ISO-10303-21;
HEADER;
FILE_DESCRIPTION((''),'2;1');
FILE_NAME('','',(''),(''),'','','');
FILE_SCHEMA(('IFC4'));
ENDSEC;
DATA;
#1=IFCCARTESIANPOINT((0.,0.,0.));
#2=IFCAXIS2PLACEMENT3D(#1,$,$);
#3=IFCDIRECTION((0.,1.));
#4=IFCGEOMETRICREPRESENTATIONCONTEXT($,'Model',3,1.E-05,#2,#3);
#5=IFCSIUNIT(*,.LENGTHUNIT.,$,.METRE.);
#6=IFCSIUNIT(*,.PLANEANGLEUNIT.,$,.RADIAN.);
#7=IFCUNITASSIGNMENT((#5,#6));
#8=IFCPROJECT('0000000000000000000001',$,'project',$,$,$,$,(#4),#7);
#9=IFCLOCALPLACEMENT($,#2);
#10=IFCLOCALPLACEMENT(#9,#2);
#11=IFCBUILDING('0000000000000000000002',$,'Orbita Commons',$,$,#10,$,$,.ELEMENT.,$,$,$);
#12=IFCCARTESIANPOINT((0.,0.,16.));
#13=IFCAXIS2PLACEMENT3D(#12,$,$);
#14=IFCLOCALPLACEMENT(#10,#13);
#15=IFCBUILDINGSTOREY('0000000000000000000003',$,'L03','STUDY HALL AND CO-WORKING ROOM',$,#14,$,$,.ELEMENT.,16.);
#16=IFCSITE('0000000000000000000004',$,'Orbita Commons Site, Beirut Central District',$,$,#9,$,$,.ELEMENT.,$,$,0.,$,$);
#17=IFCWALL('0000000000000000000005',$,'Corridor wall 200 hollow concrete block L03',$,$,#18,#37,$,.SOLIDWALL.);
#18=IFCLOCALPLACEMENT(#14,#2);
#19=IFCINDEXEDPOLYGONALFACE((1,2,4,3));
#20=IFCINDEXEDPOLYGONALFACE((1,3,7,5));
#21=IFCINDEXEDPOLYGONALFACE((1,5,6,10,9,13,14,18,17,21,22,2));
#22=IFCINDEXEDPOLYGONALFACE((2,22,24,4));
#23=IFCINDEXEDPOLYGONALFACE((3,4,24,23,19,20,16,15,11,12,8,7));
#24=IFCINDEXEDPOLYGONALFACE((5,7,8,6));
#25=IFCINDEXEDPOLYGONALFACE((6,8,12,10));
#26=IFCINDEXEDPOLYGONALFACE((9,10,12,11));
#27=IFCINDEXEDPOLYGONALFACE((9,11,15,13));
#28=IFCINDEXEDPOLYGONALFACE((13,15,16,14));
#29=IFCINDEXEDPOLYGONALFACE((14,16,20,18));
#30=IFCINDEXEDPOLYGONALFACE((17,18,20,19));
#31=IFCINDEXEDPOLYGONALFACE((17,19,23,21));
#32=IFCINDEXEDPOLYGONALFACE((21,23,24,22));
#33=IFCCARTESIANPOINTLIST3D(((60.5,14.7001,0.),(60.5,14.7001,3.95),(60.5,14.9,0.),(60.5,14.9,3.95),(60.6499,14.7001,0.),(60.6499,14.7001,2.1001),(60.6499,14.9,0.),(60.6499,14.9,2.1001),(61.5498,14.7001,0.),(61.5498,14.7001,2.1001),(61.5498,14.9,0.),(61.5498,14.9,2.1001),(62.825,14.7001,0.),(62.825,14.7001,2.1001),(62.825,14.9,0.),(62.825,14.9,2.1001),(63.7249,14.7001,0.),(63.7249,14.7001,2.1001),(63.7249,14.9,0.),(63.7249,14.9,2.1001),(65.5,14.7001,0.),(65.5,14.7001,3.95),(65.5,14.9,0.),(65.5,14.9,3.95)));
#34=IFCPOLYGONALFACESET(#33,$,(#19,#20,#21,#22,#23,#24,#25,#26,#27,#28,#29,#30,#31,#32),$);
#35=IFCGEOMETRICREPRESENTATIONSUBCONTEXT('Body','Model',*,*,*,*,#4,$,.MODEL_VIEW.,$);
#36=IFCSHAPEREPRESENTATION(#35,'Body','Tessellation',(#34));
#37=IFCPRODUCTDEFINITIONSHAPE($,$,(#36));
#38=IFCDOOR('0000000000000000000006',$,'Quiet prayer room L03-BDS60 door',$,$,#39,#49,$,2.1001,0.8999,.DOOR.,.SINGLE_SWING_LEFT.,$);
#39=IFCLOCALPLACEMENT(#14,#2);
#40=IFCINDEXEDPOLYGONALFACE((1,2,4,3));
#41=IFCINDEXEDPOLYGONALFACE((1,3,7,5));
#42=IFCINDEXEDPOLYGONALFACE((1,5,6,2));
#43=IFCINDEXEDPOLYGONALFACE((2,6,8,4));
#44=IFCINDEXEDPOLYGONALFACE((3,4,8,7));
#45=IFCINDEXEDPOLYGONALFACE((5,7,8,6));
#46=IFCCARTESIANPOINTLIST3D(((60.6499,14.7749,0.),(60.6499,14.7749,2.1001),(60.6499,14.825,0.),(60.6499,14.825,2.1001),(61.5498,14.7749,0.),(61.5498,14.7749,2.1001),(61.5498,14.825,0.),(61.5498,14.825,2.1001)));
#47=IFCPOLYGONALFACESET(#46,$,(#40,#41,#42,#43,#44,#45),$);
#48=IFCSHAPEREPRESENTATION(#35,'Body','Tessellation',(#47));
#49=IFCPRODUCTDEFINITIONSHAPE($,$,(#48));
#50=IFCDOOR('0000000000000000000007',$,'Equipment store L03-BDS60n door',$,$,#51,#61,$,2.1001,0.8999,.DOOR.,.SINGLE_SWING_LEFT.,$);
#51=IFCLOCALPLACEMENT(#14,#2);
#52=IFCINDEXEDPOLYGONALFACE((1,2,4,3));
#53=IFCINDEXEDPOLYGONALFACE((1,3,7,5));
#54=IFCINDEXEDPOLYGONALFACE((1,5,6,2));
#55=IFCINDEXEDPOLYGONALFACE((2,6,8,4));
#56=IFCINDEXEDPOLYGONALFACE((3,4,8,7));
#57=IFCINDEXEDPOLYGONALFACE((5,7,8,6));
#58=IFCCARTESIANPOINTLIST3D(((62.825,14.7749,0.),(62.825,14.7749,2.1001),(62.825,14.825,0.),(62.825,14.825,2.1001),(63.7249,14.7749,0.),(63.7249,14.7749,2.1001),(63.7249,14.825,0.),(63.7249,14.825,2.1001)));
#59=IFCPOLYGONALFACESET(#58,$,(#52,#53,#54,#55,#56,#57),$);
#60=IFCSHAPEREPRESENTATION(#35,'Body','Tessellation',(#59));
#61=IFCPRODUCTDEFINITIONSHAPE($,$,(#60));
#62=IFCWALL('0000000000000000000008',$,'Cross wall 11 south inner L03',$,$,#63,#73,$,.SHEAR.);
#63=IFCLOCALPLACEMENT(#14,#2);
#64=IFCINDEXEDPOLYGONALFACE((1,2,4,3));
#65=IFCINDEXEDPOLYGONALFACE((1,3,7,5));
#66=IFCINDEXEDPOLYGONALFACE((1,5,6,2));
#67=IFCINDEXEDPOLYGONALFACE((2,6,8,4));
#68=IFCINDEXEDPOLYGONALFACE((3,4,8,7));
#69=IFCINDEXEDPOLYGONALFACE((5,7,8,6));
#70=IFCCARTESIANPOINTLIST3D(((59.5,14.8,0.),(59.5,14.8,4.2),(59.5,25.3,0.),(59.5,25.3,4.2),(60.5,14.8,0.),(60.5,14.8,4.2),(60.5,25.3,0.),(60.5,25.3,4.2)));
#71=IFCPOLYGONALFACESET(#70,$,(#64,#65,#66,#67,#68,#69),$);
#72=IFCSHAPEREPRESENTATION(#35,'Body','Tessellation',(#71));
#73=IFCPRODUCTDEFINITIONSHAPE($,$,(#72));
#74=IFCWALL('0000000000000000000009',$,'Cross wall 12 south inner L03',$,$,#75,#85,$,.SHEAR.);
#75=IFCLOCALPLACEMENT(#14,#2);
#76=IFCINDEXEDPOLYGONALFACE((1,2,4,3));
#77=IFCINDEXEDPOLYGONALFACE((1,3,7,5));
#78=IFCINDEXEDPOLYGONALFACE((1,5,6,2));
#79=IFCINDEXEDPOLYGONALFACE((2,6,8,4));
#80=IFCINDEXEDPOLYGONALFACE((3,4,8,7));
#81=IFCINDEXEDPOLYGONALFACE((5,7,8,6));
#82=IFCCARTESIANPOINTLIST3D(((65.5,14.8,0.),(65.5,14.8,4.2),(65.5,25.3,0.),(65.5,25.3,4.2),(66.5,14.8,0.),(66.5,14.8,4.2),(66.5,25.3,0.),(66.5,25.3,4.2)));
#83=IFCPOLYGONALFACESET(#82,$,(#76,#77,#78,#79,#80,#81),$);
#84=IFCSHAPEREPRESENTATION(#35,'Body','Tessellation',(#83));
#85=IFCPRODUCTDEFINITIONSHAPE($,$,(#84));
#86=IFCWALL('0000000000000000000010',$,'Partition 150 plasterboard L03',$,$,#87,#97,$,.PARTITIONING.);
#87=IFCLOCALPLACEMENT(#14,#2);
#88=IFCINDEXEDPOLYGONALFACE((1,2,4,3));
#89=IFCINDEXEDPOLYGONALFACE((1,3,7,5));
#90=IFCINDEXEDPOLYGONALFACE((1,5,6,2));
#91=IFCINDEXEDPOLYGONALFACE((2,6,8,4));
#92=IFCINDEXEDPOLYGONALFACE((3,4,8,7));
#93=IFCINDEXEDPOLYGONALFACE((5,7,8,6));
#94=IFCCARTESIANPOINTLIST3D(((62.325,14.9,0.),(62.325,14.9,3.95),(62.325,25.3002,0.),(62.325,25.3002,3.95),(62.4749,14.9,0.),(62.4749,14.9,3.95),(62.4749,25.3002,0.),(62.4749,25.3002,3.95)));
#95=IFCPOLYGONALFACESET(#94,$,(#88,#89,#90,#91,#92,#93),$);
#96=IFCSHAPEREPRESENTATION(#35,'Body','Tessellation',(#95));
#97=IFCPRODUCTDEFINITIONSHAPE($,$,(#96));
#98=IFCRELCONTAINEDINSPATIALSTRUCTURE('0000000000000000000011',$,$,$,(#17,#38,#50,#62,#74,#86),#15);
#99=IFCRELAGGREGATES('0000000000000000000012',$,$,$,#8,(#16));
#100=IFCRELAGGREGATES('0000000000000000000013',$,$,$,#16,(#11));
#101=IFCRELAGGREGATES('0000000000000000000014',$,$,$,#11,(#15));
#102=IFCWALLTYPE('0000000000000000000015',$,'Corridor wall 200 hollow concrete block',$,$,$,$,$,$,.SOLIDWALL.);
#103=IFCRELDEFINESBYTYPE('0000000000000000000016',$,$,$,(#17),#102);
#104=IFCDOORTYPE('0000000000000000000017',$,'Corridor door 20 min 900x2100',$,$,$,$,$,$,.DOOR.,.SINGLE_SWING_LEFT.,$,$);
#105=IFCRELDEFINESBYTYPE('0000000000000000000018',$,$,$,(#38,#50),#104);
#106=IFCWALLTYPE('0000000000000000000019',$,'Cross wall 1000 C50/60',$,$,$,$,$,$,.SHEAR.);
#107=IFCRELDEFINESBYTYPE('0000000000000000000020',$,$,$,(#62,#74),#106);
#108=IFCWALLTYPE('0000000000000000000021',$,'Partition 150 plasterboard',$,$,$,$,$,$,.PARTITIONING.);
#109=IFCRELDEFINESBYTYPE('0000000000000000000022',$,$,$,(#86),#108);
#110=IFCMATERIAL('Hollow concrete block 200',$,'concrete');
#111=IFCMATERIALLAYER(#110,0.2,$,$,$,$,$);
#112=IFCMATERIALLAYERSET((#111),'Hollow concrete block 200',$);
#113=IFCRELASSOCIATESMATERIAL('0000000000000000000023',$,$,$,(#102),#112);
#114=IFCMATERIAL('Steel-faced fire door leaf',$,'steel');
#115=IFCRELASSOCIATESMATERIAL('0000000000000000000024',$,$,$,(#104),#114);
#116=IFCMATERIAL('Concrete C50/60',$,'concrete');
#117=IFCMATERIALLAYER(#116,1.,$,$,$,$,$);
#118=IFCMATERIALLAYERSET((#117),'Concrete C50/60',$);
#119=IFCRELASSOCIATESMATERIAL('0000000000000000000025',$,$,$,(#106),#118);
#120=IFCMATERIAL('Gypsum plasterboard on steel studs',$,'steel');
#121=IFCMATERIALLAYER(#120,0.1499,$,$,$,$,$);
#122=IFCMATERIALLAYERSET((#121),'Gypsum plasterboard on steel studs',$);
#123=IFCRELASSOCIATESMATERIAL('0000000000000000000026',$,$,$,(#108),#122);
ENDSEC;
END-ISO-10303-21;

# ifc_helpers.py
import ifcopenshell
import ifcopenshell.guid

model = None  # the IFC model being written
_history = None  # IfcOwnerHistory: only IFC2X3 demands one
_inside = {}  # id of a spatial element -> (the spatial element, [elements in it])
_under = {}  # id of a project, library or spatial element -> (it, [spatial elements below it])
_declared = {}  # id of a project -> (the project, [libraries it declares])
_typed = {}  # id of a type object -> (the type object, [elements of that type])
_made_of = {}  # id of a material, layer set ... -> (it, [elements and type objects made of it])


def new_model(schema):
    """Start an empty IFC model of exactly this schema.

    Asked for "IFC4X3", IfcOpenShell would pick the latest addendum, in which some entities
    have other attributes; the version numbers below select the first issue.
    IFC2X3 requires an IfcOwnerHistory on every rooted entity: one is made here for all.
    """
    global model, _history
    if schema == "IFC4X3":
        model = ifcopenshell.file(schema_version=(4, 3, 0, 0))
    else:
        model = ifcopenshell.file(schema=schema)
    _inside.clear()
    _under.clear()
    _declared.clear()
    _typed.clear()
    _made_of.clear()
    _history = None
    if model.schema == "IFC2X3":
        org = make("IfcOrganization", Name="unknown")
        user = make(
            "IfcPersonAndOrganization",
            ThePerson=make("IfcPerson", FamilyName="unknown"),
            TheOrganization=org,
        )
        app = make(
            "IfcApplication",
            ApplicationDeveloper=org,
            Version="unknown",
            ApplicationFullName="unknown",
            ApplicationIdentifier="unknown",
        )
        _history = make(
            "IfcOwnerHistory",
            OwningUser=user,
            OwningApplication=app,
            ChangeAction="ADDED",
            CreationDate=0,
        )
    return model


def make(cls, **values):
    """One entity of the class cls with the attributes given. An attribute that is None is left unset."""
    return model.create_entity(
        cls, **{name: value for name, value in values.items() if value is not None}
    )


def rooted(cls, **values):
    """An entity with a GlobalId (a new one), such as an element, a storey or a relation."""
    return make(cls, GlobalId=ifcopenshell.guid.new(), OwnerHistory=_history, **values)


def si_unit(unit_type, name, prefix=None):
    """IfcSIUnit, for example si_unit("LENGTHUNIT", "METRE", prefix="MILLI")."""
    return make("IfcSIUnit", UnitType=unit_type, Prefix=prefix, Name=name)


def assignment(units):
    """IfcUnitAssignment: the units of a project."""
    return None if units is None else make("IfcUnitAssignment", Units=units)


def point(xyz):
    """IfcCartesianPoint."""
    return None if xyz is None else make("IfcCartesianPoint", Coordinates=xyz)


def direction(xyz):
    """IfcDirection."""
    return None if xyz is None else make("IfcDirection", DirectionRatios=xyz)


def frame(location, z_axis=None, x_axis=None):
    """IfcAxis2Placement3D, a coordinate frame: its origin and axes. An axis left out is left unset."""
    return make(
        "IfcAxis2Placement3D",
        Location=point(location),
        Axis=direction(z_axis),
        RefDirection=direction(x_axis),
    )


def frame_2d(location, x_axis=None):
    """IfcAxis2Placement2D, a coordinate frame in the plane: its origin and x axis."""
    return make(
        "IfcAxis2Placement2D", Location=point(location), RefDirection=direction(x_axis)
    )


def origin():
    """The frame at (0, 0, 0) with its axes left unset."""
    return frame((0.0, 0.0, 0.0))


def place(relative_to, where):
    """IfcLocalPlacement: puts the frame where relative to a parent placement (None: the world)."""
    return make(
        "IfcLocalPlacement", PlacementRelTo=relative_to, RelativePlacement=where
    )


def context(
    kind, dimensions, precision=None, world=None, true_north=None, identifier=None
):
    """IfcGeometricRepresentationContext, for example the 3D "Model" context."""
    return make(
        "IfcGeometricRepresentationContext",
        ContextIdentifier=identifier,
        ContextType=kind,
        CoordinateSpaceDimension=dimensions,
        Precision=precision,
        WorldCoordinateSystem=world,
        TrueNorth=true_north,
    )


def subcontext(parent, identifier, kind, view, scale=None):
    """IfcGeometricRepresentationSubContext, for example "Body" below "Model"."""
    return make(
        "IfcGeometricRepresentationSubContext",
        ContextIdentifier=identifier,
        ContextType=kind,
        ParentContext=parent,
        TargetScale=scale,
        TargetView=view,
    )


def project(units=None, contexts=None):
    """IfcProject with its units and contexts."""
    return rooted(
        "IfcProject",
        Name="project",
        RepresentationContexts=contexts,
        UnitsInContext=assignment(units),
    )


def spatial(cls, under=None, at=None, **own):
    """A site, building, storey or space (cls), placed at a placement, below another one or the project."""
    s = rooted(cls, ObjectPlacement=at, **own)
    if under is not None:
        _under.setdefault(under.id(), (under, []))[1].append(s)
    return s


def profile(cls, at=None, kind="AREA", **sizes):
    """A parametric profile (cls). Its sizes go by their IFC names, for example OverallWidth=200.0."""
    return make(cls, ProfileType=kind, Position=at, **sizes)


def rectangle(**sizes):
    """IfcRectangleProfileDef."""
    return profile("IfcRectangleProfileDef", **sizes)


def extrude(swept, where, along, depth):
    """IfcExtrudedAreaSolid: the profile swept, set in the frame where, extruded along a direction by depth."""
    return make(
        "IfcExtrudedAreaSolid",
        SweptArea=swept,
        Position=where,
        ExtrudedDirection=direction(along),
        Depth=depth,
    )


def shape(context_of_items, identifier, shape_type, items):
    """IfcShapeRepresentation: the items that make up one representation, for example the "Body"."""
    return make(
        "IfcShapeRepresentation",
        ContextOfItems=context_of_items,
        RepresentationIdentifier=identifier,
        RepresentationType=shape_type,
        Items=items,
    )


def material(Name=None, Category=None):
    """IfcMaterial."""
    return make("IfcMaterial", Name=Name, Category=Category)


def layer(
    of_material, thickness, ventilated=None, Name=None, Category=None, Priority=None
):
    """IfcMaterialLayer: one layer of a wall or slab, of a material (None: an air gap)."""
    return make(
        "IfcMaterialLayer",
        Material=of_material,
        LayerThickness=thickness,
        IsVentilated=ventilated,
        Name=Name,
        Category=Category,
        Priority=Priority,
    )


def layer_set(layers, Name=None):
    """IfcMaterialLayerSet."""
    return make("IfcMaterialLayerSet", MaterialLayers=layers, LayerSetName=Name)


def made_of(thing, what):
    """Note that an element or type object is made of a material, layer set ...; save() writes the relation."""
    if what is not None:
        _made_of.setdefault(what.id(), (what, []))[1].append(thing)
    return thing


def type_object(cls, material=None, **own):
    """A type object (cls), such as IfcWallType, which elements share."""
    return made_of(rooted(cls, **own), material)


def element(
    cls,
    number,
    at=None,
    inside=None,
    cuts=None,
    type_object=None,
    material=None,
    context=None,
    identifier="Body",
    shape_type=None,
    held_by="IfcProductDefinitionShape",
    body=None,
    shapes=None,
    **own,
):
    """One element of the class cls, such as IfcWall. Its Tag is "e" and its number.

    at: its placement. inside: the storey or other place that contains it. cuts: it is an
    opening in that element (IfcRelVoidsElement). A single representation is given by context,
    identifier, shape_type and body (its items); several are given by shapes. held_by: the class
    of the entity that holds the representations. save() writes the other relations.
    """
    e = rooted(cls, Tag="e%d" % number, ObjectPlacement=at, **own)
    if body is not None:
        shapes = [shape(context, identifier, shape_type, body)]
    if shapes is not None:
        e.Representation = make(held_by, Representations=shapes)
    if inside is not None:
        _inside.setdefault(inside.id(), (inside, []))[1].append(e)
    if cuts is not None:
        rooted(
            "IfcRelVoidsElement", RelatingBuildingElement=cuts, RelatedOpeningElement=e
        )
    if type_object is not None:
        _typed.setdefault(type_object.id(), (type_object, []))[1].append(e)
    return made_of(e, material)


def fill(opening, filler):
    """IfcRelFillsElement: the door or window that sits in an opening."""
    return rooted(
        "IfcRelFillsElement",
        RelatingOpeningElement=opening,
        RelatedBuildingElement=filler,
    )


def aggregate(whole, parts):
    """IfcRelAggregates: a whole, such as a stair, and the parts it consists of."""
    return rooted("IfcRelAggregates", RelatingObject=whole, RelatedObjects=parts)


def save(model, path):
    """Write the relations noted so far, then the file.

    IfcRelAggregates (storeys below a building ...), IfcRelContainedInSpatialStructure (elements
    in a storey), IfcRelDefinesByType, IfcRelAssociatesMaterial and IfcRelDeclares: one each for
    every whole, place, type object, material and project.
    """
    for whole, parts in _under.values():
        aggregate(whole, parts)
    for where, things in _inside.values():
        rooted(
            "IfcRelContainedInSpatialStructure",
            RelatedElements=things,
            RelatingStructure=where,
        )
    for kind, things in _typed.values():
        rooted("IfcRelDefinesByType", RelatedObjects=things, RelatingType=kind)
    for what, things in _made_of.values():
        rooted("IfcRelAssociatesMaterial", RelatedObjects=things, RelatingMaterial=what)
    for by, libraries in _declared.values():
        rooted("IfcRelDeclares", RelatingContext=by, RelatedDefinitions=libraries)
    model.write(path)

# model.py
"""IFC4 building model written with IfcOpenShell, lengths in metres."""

from ifc_helpers import new_model, si_unit, direction, frame, frame_2d, origin, place, context, subcontext, project, spatial, rectangle, extrude, material, layer, layer_set, type_object, element, fill, save


model = new_model("IFC4")

# Units and contexts
model_context = context("Model", 3, precision=1e-05, world=origin(), true_north=direction((0.0, 1.0)))
body_context = subcontext(model_context, "Body", "Model", "MODEL_VIEW")
ifc_project = project(units=[si_unit("LENGTHUNIT", "METRE"), si_unit("PLANEANGLEUNIT", "RADIAN")], contexts=[model_context])

# Site, building, storey
site_placement = place(None, origin())
site = spatial("IfcSite", under=ifc_project, at=site_placement, Name="Orbita Commons Site, Beirut Central District", CompositionType="ELEMENT", RefElevation=0.0)
building_placement = place(site_placement, origin())
building = spatial("IfcBuilding", under=site, at=building_placement, Name="Orbita Commons", CompositionType="ELEMENT")
storey_placement = place(building_placement, frame((0.0, 0.0, 16.0)))
storey = spatial("IfcBuildingStorey", under=building, at=storey_placement, Name="L03", Description="STUDY HALL AND CO-WORKING ROOM", CompositionType="ELEMENT", Elevation=16.0)

# Wall, openings, doors
ifc_material_1 = material(Name="Hollow concrete block 200", Category="concrete")
ifc_layer_1 = layer(ifc_material_1, 0.2)
ifc_layer_set_1 = layer_set([ifc_layer_1], Name="Hollow concrete block 200")
wall_type_1 = type_object("IfcWallType", Name="Corridor wall 200 hollow concrete block", PredefinedType="SOLIDWALL", material=ifc_layer_set_1)
wall_1_placement = place(storey_placement, frame((60.5, 14.8, 0.0), z_axis=(0.0, 0.0, 1.0), x_axis=(1.0, 0.0, 0.0)))
wall_1 = element("IfcWall", 1, at=wall_1_placement, inside=storey, type_object=wall_type_1, Name="Corridor wall 200 hollow concrete block L03", PredefinedType="SOLIDWALL", context=body_context, shape_type="SweptSolid", body=[
    extrude(rectangle(XDim=5.0, YDim=0.2, at=frame_2d((2.5, 0.0))), origin(), (0.0, 0.0, 1.0), 3.95),
])
opening_1_placement = place(wall_1_placement, frame((0.1499, 0.0, 0.0)))
opening_1 = element("IfcOpeningElement", 2, at=opening_1_placement, cuts=wall_1, PredefinedType="OPENING", context=body_context, shape_type="SweptSolid", body=[
    extrude(rectangle(XDim=0.8999, YDim=2.1001, at=frame_2d((0.45, 1.05))), frame((0.0, 0.1099, 0.0), z_axis=(0.0, -1.0, 0.0), x_axis=(1.0, 0.0, 0.0)), (0.0, 0.0, 1.0), 0.22),
])
opening_2_placement = place(wall_1_placement, frame((2.325, 0.0, 0.0)))
opening_2 = element("IfcOpeningElement", 3, at=opening_2_placement, cuts=wall_1, PredefinedType="OPENING", context=body_context, shape_type="SweptSolid", body=[
    extrude(rectangle(XDim=0.8999, YDim=2.1001, at=frame_2d((0.45, 1.05))), frame((0.0, 0.1099, 0.0), z_axis=(0.0, -1.0, 0.0), x_axis=(1.0, 0.0, 0.0)), (0.0, 0.0, 1.0), 0.22),
])
ifc_material_2 = material(Name="Steel-faced fire door leaf", Category="steel")
door_type_1 = type_object("IfcDoorType", Name="Corridor door 20 min 900x2100", OperationType="SINGLE_SWING_LEFT", PredefinedType="DOOR", material=ifc_material_2)
door_1_placement = place(opening_1_placement, origin())
door_1 = element("IfcDoor", 4, at=door_1_placement, inside=storey, type_object=door_type_1, Name="Quiet prayer room L03-BDS60 door", OperationType="SINGLE_SWING_LEFT", OverallHeight=2.1001, OverallWidth=0.8999, PredefinedType="DOOR", context=body_context, shape_type="SweptSolid", body=[
    extrude(rectangle(XDim=0.8999, YDim=2.1001, at=frame_2d((0.45, 1.05))), frame((0.0, 0.0249, 0.0), z_axis=(0.0, -1.0, 0.0), x_axis=(1.0, 0.0, 0.0)), (0.0, 0.0, 1.0), 0.05),
])
fill(opening_1, door_1)
door_2_placement = place(opening_2_placement, origin())
door_2 = element("IfcDoor", 5, at=door_2_placement, inside=storey, type_object=door_type_1, Name="Equipment store L03-BDS60n door", OperationType="SINGLE_SWING_LEFT", OverallHeight=2.1001, OverallWidth=0.8999, PredefinedType="DOOR", context=body_context, shape_type="SweptSolid", body=[
    extrude(rectangle(XDim=0.8999, YDim=2.1001, at=frame_2d((0.45, 1.05))), frame((0.0, 0.0249, 0.0), z_axis=(0.0, -1.0, 0.0), x_axis=(1.0, 0.0, 0.0)), (0.0, 0.0, 1.0), 0.05),
])
fill(opening_2, door_2)

# Walls
ifc_material_3 = material(Name="Concrete C50/60", Category="concrete")
ifc_layer_2 = layer(ifc_material_3, 1.0)
ifc_layer_set_2 = layer_set([ifc_layer_2], Name="Concrete C50/60")
wall_type_2 = type_object("IfcWallType", Name="Cross wall 1000 C50/60", PredefinedType="SHEAR", material=ifc_layer_set_2)
for number, where, z_axis, x_axis, name in (
    (6, (60.0, 14.8, 0.0), (0.0, 0.0, 1.0), (0.0, 1.0, 0.0), "Cross wall 11 south inner L03"),
    (7, (66.0, 14.8, 0.0), (0.0, 0.0, 1.0), (0.0, 1.0, 0.0), "Cross wall 12 south inner L03"),
):
    element("IfcWall", number, at=place(storey_placement, frame(where, z_axis=z_axis, x_axis=x_axis)), inside=storey, type_object=wall_type_2, Name=name, PredefinedType="SHEAR", context=body_context, shape_type="SweptSolid", body=[
        extrude(rectangle(XDim=10.5, YDim=1.0, at=frame_2d((5.25, 0.0))), origin(), (0.0, 0.0, 1.0), 4.2),
    ])
ifc_material_4 = material(Name="Gypsum plasterboard on steel studs", Category="steel")
ifc_layer_3 = layer(ifc_material_4, 0.1499)
ifc_layer_set_3 = layer_set([ifc_layer_3], Name="Gypsum plasterboard on steel studs")
wall_type_3 = type_object("IfcWallType", Name="Partition 150 plasterboard", PredefinedType="PARTITIONING", material=ifc_layer_set_3)
wall_2_placement = place(storey_placement, frame((62.3999, 14.8999, 0.0), z_axis=(0.0, 0.0, 1.0), x_axis=(0.0, 1.0, 0.0)))
element("IfcWall", 8, at=wall_2_placement, inside=storey, type_object=wall_type_3, Name="Partition 150 plasterboard L03", PredefinedType="PARTITIONING", context=body_context, shape_type="SweptSolid", body=[
    extrude(rectangle(XDim=10.4001, YDim=0.1499, at=frame_2d((5.2002, 0.0))), origin(), (0.0, 0.0, 1.0), 3.95),
])

save(model, "model.ifc")
